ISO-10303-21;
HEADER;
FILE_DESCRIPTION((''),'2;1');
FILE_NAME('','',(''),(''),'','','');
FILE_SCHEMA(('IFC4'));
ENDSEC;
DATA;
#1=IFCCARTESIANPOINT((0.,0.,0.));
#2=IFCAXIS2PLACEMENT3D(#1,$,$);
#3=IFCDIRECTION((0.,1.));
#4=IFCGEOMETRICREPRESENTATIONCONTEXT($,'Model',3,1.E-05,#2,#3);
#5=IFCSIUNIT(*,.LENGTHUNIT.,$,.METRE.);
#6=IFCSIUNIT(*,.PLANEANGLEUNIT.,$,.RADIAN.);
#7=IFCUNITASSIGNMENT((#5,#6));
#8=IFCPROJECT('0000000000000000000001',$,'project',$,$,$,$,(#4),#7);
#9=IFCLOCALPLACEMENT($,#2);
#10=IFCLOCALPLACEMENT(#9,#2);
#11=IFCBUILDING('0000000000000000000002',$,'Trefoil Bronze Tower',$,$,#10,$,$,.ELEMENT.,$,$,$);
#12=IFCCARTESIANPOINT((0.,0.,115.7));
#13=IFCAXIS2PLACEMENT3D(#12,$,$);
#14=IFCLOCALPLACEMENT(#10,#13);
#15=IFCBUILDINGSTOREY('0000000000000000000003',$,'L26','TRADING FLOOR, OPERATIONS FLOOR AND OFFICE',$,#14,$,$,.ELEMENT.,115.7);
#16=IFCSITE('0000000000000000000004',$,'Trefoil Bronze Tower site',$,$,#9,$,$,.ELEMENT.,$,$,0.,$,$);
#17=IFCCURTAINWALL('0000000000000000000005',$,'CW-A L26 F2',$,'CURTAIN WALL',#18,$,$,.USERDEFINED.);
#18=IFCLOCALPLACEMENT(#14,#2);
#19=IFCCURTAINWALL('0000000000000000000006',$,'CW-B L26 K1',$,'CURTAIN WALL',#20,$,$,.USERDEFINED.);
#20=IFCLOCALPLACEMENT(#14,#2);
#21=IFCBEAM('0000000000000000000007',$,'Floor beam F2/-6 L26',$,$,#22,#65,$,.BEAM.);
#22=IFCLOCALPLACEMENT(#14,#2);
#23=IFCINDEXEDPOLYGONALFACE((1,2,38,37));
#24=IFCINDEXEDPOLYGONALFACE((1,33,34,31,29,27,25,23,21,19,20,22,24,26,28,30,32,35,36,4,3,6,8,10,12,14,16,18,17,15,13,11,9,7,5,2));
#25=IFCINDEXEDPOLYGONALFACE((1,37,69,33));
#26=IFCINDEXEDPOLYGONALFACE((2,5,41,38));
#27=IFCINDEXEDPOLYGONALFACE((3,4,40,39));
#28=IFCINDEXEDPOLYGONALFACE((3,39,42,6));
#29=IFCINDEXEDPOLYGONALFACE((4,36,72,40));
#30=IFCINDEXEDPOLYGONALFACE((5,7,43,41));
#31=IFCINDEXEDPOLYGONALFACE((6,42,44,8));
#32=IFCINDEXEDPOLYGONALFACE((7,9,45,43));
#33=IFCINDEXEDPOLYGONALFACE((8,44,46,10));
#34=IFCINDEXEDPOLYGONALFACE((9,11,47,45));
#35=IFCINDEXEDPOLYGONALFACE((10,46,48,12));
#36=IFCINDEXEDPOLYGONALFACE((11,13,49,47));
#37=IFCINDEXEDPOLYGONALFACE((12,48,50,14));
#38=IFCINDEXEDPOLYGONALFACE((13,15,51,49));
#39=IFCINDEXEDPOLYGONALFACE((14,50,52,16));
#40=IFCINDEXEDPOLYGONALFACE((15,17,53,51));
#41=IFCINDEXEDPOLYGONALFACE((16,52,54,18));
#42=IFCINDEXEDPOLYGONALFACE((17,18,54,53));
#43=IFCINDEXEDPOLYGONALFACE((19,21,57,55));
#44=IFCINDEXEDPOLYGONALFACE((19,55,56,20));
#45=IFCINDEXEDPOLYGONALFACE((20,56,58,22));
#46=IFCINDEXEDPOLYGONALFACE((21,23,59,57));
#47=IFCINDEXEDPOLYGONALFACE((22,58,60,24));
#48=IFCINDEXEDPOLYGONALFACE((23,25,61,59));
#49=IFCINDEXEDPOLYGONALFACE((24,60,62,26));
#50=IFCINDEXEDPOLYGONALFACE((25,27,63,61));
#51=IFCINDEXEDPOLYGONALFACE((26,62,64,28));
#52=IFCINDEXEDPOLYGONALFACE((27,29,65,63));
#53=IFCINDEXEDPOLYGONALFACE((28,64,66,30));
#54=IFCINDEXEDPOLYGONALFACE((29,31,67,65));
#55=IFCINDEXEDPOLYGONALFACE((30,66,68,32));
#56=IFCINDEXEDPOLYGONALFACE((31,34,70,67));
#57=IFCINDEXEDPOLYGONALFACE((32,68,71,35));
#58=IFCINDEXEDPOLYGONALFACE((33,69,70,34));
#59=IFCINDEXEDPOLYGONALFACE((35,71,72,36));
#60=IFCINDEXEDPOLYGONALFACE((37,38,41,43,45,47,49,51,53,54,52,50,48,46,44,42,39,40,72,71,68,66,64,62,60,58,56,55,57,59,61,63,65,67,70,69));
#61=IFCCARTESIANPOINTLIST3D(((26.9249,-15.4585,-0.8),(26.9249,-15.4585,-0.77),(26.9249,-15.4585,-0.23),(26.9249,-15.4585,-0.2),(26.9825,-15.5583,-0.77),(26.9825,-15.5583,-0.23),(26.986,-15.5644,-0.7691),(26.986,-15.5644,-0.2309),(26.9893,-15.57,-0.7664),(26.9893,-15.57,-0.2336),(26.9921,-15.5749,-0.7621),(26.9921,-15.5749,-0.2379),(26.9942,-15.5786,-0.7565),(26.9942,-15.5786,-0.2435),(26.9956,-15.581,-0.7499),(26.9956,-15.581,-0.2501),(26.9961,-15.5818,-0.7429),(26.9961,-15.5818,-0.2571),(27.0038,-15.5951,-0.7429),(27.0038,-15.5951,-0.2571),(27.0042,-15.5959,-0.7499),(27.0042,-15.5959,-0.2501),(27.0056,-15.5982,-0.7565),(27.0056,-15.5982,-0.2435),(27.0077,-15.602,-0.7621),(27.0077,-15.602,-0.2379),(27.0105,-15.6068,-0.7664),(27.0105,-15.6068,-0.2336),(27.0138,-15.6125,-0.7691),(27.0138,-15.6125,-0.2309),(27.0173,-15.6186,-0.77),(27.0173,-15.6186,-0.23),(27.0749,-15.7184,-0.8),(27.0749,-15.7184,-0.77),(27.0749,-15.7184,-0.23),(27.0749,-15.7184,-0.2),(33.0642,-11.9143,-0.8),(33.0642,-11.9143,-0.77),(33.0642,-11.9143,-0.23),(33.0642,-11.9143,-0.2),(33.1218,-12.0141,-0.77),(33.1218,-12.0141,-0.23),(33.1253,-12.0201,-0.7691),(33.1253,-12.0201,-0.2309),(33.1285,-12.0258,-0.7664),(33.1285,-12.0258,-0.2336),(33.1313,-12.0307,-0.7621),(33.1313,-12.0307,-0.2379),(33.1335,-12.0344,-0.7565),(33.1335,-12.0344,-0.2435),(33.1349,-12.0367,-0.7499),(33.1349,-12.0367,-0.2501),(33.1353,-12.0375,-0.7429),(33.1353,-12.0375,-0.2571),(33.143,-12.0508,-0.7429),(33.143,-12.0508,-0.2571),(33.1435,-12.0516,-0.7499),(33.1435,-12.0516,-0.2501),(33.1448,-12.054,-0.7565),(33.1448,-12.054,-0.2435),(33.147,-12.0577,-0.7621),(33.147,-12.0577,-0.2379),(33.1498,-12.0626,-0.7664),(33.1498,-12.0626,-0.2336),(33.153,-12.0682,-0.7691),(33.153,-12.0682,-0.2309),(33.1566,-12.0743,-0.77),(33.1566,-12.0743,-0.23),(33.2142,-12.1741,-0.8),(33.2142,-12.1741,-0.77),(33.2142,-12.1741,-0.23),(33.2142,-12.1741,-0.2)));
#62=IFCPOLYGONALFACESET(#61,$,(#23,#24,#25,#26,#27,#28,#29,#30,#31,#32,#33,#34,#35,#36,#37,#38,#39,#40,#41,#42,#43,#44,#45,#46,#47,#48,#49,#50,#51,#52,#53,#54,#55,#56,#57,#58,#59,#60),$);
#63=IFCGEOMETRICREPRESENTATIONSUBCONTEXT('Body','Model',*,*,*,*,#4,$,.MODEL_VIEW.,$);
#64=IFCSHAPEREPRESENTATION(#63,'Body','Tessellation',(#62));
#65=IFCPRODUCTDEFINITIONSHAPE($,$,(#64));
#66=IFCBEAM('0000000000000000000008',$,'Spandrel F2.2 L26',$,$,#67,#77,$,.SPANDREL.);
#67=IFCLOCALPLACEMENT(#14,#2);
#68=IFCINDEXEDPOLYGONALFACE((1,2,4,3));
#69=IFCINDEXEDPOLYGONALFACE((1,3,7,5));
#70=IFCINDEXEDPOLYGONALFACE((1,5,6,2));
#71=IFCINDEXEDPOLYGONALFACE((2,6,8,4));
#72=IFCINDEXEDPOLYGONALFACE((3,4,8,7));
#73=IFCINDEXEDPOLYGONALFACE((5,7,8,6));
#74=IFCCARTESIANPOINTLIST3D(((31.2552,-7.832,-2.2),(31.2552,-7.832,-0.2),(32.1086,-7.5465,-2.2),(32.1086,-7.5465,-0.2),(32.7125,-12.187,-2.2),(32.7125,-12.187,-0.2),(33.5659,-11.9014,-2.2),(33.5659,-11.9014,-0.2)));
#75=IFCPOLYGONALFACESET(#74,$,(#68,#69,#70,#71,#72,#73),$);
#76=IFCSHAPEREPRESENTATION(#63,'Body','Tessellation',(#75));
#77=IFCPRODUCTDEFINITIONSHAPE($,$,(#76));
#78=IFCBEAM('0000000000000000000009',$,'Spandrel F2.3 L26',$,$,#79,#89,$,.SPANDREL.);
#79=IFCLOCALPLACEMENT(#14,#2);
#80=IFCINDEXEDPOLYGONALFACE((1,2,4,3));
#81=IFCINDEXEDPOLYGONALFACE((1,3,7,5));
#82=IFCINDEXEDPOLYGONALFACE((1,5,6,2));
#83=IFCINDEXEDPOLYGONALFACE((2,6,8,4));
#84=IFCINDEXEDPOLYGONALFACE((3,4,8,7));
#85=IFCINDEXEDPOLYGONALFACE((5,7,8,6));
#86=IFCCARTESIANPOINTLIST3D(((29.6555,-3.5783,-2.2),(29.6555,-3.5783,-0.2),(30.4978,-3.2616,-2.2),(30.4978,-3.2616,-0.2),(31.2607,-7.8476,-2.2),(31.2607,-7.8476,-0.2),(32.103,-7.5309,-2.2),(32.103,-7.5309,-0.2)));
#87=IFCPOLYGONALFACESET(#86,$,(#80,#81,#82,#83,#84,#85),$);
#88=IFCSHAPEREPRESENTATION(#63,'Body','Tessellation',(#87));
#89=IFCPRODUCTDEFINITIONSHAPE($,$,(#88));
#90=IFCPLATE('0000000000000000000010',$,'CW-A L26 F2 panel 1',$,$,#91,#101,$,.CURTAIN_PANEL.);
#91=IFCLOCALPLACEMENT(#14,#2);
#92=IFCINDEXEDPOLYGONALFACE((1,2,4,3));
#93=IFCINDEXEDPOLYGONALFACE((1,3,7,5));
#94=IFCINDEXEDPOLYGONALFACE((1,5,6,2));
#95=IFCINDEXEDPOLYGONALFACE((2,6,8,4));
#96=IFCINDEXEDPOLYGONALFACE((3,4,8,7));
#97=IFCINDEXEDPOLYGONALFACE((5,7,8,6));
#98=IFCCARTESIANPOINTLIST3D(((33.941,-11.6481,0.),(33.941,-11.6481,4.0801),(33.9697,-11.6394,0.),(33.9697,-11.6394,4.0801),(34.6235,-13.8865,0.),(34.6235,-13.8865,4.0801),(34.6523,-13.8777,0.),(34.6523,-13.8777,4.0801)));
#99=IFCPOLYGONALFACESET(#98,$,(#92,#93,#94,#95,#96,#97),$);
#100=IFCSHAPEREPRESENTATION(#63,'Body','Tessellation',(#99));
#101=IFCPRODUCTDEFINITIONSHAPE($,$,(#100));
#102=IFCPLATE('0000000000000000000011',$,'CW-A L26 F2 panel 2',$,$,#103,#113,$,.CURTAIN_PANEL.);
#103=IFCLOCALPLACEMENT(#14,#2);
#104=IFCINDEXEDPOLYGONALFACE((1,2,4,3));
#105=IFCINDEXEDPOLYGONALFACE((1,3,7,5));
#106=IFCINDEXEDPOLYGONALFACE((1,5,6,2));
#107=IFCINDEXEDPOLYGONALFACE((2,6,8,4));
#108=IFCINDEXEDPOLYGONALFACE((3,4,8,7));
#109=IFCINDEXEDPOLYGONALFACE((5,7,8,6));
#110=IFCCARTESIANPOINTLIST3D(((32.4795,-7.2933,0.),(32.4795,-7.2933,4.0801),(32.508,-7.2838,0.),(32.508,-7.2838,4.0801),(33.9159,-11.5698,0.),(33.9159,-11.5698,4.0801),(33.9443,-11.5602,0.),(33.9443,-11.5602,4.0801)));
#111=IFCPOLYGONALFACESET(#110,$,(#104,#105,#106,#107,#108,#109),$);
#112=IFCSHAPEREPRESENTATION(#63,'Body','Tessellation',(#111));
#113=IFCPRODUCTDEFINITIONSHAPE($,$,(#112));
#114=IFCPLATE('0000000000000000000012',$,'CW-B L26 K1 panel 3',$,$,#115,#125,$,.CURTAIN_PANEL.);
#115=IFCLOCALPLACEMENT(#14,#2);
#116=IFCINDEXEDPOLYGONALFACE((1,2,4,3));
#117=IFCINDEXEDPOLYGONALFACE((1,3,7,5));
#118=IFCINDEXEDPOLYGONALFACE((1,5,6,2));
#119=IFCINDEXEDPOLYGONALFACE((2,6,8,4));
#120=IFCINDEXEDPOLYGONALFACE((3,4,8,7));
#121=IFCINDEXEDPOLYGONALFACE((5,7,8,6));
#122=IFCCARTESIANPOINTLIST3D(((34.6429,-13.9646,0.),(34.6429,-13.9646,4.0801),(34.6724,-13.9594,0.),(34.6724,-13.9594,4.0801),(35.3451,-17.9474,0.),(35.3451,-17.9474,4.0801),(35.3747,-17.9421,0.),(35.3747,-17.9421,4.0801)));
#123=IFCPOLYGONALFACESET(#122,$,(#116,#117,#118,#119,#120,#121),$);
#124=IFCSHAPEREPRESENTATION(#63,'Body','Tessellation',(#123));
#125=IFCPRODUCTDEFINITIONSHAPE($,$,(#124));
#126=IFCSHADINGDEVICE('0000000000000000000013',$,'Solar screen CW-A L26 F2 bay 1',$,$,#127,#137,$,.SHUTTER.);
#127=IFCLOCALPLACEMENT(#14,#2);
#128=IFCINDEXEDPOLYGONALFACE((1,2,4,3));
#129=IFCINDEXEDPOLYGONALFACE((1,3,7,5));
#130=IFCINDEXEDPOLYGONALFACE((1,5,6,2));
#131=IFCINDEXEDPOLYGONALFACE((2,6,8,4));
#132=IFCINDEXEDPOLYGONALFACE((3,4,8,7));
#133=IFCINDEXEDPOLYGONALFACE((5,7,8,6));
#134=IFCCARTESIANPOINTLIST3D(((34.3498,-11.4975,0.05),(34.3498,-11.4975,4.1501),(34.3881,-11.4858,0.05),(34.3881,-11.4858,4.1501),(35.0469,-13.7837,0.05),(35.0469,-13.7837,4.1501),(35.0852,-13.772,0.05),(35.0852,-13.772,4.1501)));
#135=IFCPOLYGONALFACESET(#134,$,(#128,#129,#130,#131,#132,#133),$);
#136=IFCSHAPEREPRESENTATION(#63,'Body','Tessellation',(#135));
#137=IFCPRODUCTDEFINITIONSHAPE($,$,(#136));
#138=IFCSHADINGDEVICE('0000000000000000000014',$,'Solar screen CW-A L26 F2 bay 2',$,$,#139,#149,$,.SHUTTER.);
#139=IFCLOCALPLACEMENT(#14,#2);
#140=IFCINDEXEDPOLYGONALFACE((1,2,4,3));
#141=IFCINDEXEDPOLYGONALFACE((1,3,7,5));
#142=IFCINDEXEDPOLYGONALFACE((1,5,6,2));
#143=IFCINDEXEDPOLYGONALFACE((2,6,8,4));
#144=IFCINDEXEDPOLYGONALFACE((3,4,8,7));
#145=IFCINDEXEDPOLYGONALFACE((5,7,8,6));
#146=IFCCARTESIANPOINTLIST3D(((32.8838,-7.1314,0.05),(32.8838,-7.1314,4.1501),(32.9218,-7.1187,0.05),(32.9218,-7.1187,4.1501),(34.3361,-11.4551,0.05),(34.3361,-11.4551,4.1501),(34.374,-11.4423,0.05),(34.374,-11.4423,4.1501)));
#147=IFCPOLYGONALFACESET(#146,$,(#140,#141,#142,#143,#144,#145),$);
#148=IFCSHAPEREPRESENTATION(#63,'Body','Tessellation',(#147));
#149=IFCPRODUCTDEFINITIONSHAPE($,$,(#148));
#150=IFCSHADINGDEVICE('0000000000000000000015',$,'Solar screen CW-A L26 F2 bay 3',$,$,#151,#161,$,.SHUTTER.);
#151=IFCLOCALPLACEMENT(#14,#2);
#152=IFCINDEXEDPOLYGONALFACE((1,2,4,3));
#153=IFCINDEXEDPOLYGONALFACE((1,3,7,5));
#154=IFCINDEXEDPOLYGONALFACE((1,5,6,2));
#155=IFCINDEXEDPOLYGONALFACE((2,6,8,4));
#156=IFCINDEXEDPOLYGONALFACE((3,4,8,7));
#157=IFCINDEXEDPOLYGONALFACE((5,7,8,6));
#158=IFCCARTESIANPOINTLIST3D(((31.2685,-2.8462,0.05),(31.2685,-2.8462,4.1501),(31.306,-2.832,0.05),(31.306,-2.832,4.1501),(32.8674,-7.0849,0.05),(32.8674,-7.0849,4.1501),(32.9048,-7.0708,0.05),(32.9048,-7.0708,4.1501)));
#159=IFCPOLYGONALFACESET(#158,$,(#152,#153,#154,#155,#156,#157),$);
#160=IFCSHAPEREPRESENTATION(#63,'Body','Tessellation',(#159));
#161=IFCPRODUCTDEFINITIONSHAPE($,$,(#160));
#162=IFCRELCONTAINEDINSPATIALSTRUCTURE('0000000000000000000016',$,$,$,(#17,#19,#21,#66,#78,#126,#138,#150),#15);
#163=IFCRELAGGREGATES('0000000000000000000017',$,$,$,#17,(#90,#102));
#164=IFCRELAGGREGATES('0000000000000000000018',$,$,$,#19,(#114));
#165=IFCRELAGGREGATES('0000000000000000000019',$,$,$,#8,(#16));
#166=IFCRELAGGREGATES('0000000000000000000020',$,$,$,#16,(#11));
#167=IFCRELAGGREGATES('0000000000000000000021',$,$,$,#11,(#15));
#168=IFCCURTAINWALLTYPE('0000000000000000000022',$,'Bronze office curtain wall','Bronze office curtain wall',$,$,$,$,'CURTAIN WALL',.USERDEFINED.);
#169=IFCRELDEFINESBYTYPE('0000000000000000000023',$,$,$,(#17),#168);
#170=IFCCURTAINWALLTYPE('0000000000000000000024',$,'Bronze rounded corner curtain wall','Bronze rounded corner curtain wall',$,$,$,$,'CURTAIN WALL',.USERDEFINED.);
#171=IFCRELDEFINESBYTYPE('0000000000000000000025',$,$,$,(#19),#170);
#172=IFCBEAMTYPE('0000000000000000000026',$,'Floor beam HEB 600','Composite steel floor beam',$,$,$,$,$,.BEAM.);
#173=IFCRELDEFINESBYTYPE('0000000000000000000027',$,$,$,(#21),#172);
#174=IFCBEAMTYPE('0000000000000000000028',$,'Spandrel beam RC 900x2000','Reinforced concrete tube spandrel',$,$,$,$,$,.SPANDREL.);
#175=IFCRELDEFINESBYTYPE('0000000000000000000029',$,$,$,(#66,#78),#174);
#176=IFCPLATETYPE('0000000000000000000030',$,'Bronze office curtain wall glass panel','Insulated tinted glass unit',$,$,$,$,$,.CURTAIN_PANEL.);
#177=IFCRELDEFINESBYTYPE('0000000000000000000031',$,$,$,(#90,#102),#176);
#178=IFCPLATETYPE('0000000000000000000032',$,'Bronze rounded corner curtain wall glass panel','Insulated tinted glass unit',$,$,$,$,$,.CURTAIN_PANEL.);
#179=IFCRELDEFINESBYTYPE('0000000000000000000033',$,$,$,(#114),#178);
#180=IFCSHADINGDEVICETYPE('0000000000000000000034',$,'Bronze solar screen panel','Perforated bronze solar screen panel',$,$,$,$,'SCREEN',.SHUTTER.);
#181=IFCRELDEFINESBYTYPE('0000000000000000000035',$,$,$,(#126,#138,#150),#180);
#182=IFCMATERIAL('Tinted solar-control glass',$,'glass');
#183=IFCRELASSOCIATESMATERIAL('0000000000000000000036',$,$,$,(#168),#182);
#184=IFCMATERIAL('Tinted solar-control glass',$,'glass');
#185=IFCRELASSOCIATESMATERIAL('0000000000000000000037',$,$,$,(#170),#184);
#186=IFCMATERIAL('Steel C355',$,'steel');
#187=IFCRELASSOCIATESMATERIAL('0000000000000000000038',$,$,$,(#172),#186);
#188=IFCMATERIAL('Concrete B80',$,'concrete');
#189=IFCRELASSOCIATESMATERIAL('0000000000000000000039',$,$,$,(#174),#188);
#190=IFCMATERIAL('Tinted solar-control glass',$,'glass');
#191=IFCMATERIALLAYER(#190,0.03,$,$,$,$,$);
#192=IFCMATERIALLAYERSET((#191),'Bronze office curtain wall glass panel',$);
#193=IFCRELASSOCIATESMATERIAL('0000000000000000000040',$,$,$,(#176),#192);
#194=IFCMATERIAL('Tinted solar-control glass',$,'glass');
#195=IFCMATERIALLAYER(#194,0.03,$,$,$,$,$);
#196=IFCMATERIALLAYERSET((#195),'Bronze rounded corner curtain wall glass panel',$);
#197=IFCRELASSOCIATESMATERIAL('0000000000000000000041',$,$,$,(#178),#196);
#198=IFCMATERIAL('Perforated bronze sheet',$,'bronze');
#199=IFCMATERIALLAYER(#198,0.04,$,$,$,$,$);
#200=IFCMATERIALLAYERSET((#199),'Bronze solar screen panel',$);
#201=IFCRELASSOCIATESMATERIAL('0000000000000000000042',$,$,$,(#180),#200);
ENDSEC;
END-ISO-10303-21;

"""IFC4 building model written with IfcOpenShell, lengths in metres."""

from ifc_helpers import new_model, si_unit, direction, frame, origin, origin_2d, place, context, subcontext, project, spatial, rectangle, i_section, extrude, material, layer, layer_set, material_profile, profile_set, type_object, element, aggregate, save


model = new_model("IFC4")

# Units and contexts
model_context = context("Model", 3, precision=1e-05, world=origin(), true_north=direction((0.0, 1.0)))
body_context = subcontext(model_context, "Body", "Model", "MODEL_VIEW")
ifc_project = project(units=[si_unit("LENGTHUNIT", "METRE"), si_unit("PLANEANGLEUNIT", "RADIAN")], contexts=[model_context])

# Site, building, storey
site_placement = place(None, origin())
site = spatial("IfcSite", under=ifc_project, at=site_placement, Name="Trefoil Bronze Tower site", CompositionType="ELEMENT", RefElevation=0.0)
building_placement = place(site_placement, origin())
building = spatial("IfcBuilding", under=site, at=building_placement, Name="Trefoil Bronze Tower", CompositionType="ELEMENT")
storey_placement = place(building_placement, frame((0.0, 0.0, 115.7)))
storey = spatial("IfcBuildingStorey", under=building, at=storey_placement, Name="L26", Description="TRADING FLOOR, OPERATIONS FLOOR AND OFFICE", CompositionType="ELEMENT", Elevation=115.7)

# Curtain wall
ifc_material_1 = material(Name="Tinted solar-control glass", Category="glass")
curtain_wall_type_1 = type_object("IfcCurtainWallType", Name="Bronze office curtain wall", Description="Bronze office curtain wall", ElementType="CURTAIN WALL", PredefinedType="USERDEFINED", material=ifc_material_1)
curtain_wall_1_placement = place(storey_placement, origin())
curtain_wall_1 = element("IfcCurtainWall", 1, at=curtain_wall_1_placement, inside=storey, type_object=curtain_wall_type_1, Name="CW-A L26 F2", ObjectType="CURTAIN WALL", PredefinedType="USERDEFINED")

# Curtain wall
ifc_material_2 = material(Name="Tinted solar-control glass", Category="glass")
curtain_wall_type_2 = type_object("IfcCurtainWallType", Name="Bronze rounded corner curtain wall", Description="Bronze rounded corner curtain wall", ElementType="CURTAIN WALL", PredefinedType="USERDEFINED", material=ifc_material_2)
curtain_wall_2_placement = place(storey_placement, origin())
curtain_wall_2 = element("IfcCurtainWall", 2, at=curtain_wall_2_placement, inside=storey, type_object=curtain_wall_type_2, Name="CW-B L26 K1", ObjectType="CURTAIN WALL", PredefinedType="USERDEFINED")

# Beams
ifc_material_3 = material(Name="Steel C355", Category="steel")
ifc_material_profile_1 = material_profile(ifc_material_3, i_section(OverallWidth=0.3, OverallDepth=0.6001, WebThickness=0.0154, FlangeThickness=0.03, FilletRadius=0.0271, at=origin_2d()), Name="HEB 600")
ifc_profile_set_1 = profile_set([ifc_material_profile_1], Name="Steel C355")
beam_type_1 = type_object("IfcBeamType", Name="Floor beam HEB 600", Description="Composite steel floor beam", PredefinedType="BEAM", material=ifc_profile_set_1)
beam_1_placement = place(storey_placement, frame((33.1392, -12.0442, -0.5), z_axis=(-0.866041, -0.499973, 0.0), x_axis=(0.499973, -0.866041, 0.0)))
element("IfcBeam", 3, at=beam_1_placement, inside=storey, type_object=beam_type_1, Name="Floor beam F2/-6 L26", PredefinedType="BEAM", context=body_context, shape_type="SweptSolid", body=[
    extrude(i_section(OverallWidth=0.3, OverallDepth=0.6001, WebThickness=0.0154, FlangeThickness=0.03, FilletRadius=0.0271, at=origin_2d()), origin(), (0.0, 0.0, 1.0), 7.0889),
])
ifc_material_4 = material(Name="Concrete B80", Category="concrete")
ifc_material_profile_2 = material_profile(ifc_material_4, rectangle(XDim=0.8999, YDim=2.0, at=origin_2d()), Name="RC 900x2000")
ifc_profile_set_2 = profile_set([ifc_material_profile_2], Name="Concrete B80")
beam_type_2 = type_object("IfcBeamType", Name="Spandrel beam RC 900x2000", Description="Reinforced concrete tube spandrel", PredefinedType="SPANDREL", material=ifc_profile_set_2)
beam_2_placement = place(storey_placement, frame((33.1392, -12.0442, -1.2), z_axis=(-0.317328, 0.948316, 0.0), x_axis=(-0.948316, -0.317328, 0.0)))
element("IfcBeam", 4, at=beam_2_placement, inside=storey, type_object=beam_type_2, Name="Spandrel F2.2 L26", PredefinedType="SPANDREL", context=body_context, shape_type="SweptSolid", body=[
    extrude(rectangle(XDim=0.8999, YDim=2.0, at=origin_2d()), origin(), (0.0, 0.0, 1.0), 4.5923),
])
beam_3_placement = place(storey_placement, frame((31.6819, -7.6892, -1.2), z_axis=(-0.351939, 0.936023, 0.0), x_axis=(-0.936023, -0.351939, 0.0)))
element("IfcBeam", 5, at=beam_3_placement, inside=storey, type_object=beam_type_2, Name="Spandrel F2.3 L26", PredefinedType="SPANDREL", context=body_context, shape_type="SweptSolid", body=[
    extrude(rectangle(XDim=0.8999, YDim=2.0, at=origin_2d()), origin(), (0.0, 0.0, 1.0), 4.561),
])

# Plates
ifc_material_5 = material(Name="Tinted solar-control glass", Category="glass")
ifc_layer_1 = layer(ifc_material_5, 0.03)
ifc_layer_set_1 = layer_set([ifc_layer_1], Name="Bronze office curtain wall glass panel")
plate_type_1 = type_object("IfcPlateType", Name="Bronze office curtain wall glass panel", Description="Insulated tinted glass unit", PredefinedType="CURTAIN_PANEL", material=ifc_layer_set_1)
plate_1_placement = place(storey_placement, frame((34.2966, -12.7629, 0.0), z_axis=(0.0, 0.0, 1.0), x_axis=(-0.291669, 0.956519, 0.0)))
plate_1 = element("IfcPlate", 6, at=plate_1_placement, type_object=plate_type_1, Name="CW-A L26 F2 panel 1", PredefinedType="CURTAIN_PANEL", context=body_context, shape_type="SweptSolid", body=[
    extrude(rectangle(XDim=2.3401, YDim=0.03, at=origin_2d()), origin(), (0.0, 0.0, 1.0), 4.0801),
])
plate_2_placement = place(storey_placement, frame((33.2119, -9.4268, 0.0), z_axis=(0.0, 0.0, 1.0), x_axis=(-0.318404, 0.947955, 0.0)))
plate_2 = element("IfcPlate", 7, at=plate_2_placement, type_object=plate_type_1, Name="CW-A L26 F2 panel 2", PredefinedType="CURTAIN_PANEL", context=body_context, shape_type="SweptSolid", body=[
    extrude(rectangle(XDim=4.5112, YDim=0.03, at=origin_2d()), origin(), (0.0, 0.0, 1.0), 4.0801),
])
aggregate(curtain_wall_1, [plate_1, plate_2])
ifc_material_6 = material(Name="Tinted solar-control glass", Category="glass")
ifc_layer_2 = layer(ifc_material_6, 0.03)
ifc_layer_set_2 = layer_set([ifc_layer_2], Name="Bronze rounded corner curtain wall glass panel")
plate_type_2 = type_object("IfcPlateType", Name="Bronze rounded corner curtain wall glass panel", Description="Insulated tinted glass unit", PredefinedType="CURTAIN_PANEL", material=ifc_layer_set_2)
plate_3_placement = place(storey_placement, frame((35.0088, -15.9534, 0.0), z_axis=(0.0, 0.0, 1.0), x_axis=(-0.173648, 0.984808, 0.0)))
plate_3 = element("IfcPlate", 8, at=plate_3_placement, type_object=plate_type_2, Name="CW-B L26 K1 panel 3", PredefinedType="CURTAIN_PANEL", context=body_context, shape_type="SweptSolid", body=[
    extrude(rectangle(XDim=4.0442, YDim=0.03, at=origin_2d()), origin(), (0.0, 0.0, 1.0), 4.0801),
])
aggregate(curtain_wall_2, [plate_3])

# Shading devices
ifc_material_7 = material(Name="Perforated bronze sheet", Category="bronze")
ifc_layer_3 = layer(ifc_material_7, 0.04)
ifc_layer_set_3 = layer_set([ifc_layer_3], Name="Bronze solar screen panel")
shading_device_type = type_object("IfcShadingDeviceType", Name="Bronze solar screen panel", Description="Perforated bronze solar screen panel", ElementType="SCREEN", PredefinedType="SHUTTER", material=ifc_layer_set_3)
shading_device_1_placement = place(storey_placement, frame((34.7175, -12.6348, 0.05), z_axis=(0.0, 0.0, 1.0), x_axis=(-0.291669, 0.956519, 0.0)))
element("IfcShadingDevice", 9, at=shading_device_1_placement, inside=storey, type_object=shading_device_type, Name="Solar screen CW-A L26 F2 bay 1", PredefinedType="SHUTTER", context=body_context, shape_type="SweptSolid", body=[
    extrude(rectangle(XDim=2.3901, YDim=0.04, at=origin_2d()), origin(), (0.0, 0.0, 1.0), 4.1001),
])
shading_device_2_placement = place(storey_placement, frame((33.6289, -9.2869, 0.05), z_axis=(0.0, 0.0, 1.0), x_axis=(-0.318404, 0.947955, 0.0)))
element("IfcShadingDevice", 10, at=shading_device_2_placement, inside=storey, type_object=shading_device_type, Name="Solar screen CW-A L26 F2 bay 2", PredefinedType="SHUTTER", context=body_context, shape_type="SweptSolid", body=[
    extrude(rectangle(XDim=4.561, YDim=0.04, at=origin_2d()), origin(), (0.0, 0.0, 1.0), 4.1001),
])
shading_device_3_placement = place(storey_placement, frame((32.0867, -4.9585, 0.05), z_axis=(0.0, 0.0, 1.0), x_axis=(-0.35292, 0.935654, 0.0)))
element("IfcShadingDevice", 11, at=shading_device_3_placement, inside=storey, type_object=shading_device_type, Name="Solar screen CW-A L26 F2 bay 3", PredefinedType="SHUTTER", context=body_context, shape_type="SweptSolid", body=[
    extrude(rectangle(XDim=4.5303, YDim=0.04, at=origin_2d()), origin(), (0.0, 0.0, 1.0), 4.1001),
])

save(model, "model.ifc")
